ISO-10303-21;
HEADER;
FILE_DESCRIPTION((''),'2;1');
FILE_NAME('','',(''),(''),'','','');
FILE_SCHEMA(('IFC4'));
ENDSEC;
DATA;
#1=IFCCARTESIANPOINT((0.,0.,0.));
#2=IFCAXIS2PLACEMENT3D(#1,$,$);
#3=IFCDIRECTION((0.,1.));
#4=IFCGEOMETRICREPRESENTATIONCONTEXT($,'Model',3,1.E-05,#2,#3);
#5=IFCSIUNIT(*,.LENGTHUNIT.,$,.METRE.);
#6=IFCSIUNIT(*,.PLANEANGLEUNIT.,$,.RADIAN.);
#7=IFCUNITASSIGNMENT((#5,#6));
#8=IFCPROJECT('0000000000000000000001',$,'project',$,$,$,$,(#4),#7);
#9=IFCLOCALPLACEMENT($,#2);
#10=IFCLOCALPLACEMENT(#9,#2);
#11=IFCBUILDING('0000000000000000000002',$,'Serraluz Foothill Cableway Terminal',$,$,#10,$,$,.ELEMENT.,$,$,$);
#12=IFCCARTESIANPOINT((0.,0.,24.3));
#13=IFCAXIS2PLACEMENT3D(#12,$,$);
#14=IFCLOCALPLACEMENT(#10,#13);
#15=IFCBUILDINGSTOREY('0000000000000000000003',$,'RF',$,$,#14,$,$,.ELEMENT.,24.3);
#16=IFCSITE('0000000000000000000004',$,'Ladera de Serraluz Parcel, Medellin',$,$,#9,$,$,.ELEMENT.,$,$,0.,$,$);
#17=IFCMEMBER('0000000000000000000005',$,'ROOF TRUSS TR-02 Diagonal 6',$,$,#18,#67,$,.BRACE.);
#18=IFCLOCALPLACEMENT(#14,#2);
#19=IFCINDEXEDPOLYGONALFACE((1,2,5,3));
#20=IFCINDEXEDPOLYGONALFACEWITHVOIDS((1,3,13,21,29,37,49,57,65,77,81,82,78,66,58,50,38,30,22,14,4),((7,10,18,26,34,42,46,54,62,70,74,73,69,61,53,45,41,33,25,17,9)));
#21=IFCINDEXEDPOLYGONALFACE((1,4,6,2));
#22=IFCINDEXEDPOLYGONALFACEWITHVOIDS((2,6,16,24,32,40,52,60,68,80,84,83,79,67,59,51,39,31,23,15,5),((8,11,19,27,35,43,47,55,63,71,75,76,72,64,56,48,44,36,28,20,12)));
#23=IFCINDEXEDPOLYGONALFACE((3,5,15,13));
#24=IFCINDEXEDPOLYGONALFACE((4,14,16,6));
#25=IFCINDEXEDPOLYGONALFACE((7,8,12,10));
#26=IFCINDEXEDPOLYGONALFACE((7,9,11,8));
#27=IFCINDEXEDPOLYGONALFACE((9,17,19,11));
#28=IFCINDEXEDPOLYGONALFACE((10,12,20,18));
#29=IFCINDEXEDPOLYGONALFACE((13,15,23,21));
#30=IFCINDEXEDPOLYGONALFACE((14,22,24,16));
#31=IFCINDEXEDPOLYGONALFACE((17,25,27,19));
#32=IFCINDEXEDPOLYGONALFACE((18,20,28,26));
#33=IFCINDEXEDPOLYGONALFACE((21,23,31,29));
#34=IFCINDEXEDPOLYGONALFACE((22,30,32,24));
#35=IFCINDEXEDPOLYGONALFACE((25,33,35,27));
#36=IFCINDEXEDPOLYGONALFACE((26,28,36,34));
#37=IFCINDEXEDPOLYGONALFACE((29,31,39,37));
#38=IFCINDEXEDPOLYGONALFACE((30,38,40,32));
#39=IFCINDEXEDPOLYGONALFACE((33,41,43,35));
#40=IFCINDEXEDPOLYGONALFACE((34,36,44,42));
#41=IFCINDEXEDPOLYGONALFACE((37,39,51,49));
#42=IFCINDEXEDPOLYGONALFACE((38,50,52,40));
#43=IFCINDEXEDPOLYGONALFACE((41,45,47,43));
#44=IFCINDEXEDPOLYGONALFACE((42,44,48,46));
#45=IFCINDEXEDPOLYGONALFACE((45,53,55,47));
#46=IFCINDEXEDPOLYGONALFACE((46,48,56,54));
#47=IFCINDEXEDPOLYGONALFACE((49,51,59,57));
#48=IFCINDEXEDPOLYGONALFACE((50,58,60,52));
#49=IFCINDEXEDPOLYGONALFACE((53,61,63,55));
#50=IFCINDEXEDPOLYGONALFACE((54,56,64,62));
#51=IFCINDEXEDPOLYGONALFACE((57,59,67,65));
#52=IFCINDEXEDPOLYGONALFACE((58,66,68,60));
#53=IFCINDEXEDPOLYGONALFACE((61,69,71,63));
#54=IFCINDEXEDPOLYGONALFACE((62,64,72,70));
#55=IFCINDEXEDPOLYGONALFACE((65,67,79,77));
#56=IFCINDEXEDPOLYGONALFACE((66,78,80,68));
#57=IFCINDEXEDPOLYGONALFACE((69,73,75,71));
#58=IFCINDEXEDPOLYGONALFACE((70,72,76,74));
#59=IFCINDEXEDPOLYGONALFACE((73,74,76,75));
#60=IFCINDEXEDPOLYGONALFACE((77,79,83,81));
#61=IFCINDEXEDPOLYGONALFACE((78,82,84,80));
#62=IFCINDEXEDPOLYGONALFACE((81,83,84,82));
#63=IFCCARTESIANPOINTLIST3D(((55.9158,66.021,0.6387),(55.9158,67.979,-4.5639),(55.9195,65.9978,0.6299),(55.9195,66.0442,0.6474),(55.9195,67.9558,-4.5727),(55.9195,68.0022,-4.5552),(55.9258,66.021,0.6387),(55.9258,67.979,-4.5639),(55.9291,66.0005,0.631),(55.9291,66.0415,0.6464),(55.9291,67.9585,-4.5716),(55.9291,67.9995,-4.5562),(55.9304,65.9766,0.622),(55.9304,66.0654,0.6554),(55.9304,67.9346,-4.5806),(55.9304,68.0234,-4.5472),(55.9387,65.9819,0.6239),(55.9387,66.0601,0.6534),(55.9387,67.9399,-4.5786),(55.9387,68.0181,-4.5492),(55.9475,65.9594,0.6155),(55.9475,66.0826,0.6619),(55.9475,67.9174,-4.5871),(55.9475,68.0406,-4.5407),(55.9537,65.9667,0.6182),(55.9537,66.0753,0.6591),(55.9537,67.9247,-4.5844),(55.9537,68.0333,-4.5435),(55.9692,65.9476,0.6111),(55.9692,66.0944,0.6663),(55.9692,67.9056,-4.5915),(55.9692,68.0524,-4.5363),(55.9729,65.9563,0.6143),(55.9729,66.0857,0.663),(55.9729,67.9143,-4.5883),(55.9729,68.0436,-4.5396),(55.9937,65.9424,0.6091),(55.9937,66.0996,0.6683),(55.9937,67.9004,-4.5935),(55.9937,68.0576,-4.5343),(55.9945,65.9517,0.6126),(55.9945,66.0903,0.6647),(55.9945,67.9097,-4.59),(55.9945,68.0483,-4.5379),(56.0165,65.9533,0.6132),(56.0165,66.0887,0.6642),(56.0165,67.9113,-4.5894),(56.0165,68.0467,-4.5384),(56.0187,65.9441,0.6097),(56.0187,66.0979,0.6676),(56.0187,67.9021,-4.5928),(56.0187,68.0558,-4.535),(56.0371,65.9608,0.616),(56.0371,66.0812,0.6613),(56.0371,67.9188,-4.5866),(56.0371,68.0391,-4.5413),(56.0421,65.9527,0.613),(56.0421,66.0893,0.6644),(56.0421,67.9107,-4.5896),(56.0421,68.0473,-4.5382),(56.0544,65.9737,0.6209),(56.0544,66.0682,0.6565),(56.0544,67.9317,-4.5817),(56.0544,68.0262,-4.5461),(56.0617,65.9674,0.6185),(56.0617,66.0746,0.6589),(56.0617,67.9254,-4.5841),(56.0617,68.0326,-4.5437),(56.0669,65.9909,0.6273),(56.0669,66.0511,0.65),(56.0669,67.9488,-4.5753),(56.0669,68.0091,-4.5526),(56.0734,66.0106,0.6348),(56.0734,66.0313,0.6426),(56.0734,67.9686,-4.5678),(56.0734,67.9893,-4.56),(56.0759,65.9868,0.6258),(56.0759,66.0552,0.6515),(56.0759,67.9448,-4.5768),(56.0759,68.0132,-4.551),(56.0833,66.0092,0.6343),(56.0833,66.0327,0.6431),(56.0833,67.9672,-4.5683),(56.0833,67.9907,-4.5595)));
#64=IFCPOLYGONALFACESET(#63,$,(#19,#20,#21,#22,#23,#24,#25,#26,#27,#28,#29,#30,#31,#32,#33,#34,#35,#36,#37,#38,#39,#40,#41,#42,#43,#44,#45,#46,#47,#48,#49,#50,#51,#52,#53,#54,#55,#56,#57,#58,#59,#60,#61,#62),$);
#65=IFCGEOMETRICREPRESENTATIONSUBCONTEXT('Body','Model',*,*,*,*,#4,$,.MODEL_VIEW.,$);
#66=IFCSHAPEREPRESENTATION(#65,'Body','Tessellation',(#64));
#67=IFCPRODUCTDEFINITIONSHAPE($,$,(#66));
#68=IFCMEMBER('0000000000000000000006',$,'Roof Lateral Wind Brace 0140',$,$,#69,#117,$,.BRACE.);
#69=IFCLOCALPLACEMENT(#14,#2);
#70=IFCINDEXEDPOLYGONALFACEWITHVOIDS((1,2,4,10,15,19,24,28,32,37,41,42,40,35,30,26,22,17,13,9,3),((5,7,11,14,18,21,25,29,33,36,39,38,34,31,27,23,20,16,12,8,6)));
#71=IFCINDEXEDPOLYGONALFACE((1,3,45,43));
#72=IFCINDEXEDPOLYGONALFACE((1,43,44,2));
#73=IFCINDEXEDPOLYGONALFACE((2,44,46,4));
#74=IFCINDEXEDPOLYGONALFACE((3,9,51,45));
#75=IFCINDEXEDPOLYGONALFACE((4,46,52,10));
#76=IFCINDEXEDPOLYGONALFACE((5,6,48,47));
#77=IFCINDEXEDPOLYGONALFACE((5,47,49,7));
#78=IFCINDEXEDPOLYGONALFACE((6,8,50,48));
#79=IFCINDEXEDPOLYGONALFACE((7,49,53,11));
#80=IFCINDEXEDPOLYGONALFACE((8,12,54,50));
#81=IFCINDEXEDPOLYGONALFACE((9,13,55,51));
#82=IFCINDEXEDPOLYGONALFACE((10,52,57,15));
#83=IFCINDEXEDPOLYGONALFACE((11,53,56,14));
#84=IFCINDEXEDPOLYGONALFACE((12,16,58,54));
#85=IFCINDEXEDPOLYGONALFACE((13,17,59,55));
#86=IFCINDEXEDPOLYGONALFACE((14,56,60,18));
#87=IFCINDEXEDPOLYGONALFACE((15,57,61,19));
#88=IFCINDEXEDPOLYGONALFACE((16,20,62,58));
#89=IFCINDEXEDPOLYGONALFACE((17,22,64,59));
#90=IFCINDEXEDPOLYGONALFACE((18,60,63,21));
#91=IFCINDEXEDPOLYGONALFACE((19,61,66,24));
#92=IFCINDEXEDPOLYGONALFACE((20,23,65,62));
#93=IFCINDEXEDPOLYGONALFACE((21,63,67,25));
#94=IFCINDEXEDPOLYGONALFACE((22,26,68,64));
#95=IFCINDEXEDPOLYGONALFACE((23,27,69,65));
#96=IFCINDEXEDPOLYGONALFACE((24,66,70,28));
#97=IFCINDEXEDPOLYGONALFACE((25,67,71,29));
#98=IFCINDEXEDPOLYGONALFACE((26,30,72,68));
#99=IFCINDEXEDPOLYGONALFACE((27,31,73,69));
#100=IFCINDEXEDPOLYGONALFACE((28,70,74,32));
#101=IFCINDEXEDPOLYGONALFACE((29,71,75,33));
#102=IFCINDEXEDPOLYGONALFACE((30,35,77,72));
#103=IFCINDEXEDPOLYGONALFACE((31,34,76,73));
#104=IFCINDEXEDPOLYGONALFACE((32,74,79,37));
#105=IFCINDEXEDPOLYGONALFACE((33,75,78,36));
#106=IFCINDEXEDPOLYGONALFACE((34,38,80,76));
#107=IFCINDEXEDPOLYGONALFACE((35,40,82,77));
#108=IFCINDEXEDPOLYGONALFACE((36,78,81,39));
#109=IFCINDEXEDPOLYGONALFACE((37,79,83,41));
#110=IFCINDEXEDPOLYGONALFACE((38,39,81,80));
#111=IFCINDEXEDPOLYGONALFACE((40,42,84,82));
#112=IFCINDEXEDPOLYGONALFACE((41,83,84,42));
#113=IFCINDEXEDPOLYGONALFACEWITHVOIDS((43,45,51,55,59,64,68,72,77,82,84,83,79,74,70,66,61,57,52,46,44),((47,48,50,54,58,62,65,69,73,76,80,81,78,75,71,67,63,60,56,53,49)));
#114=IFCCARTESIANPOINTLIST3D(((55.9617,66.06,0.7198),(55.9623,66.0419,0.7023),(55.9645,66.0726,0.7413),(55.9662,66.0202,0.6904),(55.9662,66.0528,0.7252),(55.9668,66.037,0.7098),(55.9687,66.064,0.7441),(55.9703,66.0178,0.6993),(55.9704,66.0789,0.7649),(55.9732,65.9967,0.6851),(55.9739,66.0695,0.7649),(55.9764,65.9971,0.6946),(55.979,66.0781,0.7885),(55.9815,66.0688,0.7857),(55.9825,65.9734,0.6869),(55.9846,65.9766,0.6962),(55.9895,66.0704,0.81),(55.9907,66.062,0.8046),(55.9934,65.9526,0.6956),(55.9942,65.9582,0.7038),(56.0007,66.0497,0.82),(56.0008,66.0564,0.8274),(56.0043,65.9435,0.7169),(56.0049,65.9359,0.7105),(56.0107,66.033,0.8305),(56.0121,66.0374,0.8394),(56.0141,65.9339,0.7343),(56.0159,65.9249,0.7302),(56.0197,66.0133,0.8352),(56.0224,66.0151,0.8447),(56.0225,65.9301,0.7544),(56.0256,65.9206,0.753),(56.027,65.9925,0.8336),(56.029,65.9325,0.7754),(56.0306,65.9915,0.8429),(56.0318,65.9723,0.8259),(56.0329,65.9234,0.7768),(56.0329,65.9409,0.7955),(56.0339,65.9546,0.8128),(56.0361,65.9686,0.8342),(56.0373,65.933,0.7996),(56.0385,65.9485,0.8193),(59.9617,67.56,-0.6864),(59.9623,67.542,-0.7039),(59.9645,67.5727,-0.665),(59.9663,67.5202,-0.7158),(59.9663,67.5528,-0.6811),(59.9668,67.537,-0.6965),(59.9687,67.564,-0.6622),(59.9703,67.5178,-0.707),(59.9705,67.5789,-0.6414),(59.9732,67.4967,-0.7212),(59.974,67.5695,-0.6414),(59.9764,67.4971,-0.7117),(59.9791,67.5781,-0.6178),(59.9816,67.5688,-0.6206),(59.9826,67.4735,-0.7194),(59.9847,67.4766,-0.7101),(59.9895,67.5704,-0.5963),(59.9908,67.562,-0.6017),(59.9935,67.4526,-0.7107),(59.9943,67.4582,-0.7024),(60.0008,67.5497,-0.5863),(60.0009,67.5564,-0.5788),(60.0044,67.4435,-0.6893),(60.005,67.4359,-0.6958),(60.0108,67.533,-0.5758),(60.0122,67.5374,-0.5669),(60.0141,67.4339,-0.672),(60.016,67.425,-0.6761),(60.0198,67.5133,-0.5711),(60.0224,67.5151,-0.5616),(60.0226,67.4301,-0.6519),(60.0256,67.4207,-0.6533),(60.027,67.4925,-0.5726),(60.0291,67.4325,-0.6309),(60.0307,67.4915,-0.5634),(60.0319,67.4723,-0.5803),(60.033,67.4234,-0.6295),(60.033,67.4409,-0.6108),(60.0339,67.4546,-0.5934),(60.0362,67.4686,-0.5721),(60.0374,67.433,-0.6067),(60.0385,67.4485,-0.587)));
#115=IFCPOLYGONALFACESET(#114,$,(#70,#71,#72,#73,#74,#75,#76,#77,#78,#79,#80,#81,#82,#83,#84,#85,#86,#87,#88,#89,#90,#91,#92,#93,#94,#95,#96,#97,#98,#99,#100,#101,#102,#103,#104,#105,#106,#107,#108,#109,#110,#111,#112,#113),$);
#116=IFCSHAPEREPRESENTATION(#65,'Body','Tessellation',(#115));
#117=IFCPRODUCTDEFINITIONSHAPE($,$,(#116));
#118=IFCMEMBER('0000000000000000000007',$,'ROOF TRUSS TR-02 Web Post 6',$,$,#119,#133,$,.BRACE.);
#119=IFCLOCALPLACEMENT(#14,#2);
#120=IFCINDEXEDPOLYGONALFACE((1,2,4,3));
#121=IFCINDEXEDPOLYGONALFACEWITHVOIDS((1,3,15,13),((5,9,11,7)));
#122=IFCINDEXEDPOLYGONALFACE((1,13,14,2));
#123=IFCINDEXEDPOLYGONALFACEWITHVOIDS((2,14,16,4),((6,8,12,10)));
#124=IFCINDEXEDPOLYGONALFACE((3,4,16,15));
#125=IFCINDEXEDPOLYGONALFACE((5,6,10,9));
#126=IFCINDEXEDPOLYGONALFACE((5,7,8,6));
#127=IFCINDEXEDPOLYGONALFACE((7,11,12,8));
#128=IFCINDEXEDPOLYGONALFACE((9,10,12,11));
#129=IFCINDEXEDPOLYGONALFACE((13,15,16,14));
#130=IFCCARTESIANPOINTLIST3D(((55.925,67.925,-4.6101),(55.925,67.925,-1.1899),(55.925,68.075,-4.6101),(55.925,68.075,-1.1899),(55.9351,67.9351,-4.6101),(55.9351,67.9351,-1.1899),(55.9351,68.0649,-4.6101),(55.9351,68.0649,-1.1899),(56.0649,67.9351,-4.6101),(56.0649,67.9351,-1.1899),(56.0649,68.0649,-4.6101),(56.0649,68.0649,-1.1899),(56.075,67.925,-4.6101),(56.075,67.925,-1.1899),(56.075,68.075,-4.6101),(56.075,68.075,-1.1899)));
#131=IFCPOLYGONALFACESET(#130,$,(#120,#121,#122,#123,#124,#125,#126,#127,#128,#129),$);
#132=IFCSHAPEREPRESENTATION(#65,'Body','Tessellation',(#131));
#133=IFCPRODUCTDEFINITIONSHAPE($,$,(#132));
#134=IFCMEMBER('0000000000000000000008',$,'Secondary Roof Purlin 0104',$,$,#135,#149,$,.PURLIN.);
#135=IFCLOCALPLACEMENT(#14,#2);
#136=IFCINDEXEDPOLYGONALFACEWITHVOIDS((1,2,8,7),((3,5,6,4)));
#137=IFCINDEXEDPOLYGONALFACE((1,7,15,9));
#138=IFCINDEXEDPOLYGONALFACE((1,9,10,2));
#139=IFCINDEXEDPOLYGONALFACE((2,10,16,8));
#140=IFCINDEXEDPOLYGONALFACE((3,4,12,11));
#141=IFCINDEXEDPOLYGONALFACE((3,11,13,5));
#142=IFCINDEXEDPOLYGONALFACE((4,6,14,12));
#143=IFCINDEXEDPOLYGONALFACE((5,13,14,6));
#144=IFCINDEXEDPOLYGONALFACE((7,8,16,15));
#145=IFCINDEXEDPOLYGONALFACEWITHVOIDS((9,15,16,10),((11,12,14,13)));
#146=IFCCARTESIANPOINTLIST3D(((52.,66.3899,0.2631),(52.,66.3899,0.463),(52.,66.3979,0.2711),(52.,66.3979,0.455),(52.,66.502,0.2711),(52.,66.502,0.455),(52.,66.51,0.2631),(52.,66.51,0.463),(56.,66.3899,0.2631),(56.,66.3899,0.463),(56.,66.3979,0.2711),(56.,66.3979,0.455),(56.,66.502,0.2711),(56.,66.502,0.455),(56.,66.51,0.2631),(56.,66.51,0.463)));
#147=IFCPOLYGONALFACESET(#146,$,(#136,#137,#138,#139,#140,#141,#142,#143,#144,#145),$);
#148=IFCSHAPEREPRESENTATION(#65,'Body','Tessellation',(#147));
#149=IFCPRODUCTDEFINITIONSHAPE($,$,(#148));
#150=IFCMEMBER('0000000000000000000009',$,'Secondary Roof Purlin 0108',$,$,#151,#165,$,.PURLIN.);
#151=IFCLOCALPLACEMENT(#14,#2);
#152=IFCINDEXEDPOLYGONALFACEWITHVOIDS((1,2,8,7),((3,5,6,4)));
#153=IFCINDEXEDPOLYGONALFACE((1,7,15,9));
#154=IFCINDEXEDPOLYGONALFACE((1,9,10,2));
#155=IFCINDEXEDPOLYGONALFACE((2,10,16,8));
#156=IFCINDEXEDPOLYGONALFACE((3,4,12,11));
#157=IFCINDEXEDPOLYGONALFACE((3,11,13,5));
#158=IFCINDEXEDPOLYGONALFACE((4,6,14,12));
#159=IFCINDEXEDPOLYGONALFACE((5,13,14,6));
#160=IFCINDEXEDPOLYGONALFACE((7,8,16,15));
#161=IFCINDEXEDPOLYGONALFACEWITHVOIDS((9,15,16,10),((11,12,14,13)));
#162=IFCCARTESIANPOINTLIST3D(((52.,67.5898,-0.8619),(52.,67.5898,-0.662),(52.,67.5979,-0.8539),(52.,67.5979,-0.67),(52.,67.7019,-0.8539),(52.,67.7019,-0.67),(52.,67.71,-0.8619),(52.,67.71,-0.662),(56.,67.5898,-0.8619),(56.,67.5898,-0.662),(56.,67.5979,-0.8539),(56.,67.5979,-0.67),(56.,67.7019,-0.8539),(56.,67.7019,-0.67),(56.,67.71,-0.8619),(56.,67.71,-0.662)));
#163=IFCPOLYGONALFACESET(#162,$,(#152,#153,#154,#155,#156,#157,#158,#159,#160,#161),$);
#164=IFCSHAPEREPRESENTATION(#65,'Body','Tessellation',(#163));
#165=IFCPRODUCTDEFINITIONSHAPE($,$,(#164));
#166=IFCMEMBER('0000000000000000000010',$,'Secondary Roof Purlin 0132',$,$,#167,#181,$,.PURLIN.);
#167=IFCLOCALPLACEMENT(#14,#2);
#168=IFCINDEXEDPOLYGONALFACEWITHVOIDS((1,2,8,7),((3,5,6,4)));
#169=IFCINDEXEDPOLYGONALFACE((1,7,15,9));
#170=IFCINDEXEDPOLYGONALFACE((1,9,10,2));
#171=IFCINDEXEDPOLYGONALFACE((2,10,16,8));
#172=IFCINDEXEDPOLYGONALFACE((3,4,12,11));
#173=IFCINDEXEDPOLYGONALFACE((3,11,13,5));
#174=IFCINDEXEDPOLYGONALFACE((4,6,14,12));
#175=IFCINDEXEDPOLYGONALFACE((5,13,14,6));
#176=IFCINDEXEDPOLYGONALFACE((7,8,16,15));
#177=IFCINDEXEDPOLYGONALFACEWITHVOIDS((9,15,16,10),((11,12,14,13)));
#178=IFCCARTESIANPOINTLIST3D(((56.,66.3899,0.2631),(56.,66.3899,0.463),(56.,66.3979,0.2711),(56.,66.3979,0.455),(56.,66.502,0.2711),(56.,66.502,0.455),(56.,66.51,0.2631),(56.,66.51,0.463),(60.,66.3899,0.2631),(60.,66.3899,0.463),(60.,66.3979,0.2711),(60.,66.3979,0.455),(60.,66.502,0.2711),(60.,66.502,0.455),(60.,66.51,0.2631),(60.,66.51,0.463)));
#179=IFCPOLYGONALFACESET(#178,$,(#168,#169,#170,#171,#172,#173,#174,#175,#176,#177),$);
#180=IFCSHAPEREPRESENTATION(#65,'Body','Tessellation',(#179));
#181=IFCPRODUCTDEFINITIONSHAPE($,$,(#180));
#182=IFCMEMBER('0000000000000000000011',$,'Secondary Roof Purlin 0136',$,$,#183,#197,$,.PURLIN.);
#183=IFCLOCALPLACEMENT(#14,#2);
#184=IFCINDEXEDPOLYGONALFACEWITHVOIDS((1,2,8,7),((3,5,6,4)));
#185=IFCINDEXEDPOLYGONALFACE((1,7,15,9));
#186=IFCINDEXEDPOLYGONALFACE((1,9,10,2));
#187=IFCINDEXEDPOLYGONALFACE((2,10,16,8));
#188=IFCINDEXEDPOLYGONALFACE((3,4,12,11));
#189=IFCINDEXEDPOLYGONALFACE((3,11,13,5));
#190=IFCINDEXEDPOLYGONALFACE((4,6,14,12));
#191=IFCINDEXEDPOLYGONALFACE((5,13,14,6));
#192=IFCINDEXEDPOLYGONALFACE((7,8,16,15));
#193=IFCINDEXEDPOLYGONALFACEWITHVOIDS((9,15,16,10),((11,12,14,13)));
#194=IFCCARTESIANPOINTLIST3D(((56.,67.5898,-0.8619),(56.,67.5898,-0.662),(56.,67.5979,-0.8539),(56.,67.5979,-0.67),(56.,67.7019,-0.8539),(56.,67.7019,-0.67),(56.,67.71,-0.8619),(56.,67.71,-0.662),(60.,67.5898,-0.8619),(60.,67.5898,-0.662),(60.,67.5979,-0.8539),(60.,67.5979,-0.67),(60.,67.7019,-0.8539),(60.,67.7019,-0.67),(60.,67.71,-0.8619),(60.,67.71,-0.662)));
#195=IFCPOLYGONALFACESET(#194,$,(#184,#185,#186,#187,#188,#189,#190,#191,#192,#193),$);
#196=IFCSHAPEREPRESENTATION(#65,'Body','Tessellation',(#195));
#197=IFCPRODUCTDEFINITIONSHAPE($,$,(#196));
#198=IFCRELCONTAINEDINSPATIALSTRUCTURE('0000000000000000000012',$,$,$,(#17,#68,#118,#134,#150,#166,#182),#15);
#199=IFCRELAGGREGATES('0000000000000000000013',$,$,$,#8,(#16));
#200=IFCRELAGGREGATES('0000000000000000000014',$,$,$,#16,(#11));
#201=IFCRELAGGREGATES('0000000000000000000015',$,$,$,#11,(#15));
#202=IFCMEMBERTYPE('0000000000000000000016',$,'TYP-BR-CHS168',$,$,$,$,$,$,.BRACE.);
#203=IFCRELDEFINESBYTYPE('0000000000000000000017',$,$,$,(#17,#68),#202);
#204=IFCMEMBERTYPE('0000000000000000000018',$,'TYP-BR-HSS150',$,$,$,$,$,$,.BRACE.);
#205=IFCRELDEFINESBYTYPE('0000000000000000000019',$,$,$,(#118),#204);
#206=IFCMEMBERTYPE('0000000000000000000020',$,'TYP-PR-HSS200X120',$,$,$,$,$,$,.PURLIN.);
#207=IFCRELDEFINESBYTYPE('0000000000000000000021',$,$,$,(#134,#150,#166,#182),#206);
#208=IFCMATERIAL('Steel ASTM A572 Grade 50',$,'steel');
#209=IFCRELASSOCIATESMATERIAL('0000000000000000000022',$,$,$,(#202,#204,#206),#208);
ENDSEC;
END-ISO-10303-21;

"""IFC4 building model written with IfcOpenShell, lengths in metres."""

from ifc_helpers import new_model, si_unit, direction, frame, origin, origin_2d, place, context, subcontext, project, spatial, hollow_rectangle, hollow_circle, extrude, material, material_profile, profile_set, type_object, element, save


model = new_model("IFC4")

# Units and contexts
model_context = context("Model", 3, precision=1e-05, world=origin(), true_north=direction((0.0, 1.0)))
body_context = subcontext(model_context, "Body", "Model", "MODEL_VIEW")
ifc_project = project(units=[si_unit("LENGTHUNIT", "METRE"), si_unit("PLANEANGLEUNIT", "RADIAN")], contexts=[model_context])

# Site, building, storey
site_placement = place(None, origin())
site = spatial("IfcSite", under=ifc_project, at=site_placement, Name="Ladera de Serraluz Parcel, Medellin", CompositionType="ELEMENT", RefElevation=0.0)
building_placement = place(site_placement, origin())
building = spatial("IfcBuilding", under=site, at=building_placement, Name="Serraluz Foothill Cableway Terminal", CompositionType="ELEMENT")
storey_placement = place(building_placement, frame((0.0, 0.0, 24.3)))
storey = spatial("IfcBuildingStorey", under=building, at=storey_placement, Name="RF", CompositionType="ELEMENT", Elevation=24.3)

# Members
ifc_material_1 = material(Name="Steel ASTM A572 Grade 50", Category="steel")
ifc_material_profile_1 = material_profile(ifc_material_1, hollow_circle(Radius=0.0842, WallThickness=0.01, at=origin_2d()), Name="CHS168X10")
ifc_profile_set_1 = profile_set([ifc_material_profile_1], Name="Steel ASTM A572 Grade 50")
member_type_1 = type_object("IfcMemberType", Name="TYP-BR-CHS168", PredefinedType="BRACE", material=ifc_profile_set_1)
member_1_placement = place(storey_placement, frame((56.0, 66.021, 0.6387), z_axis=(0.0, 0.35223, -0.935913), x_axis=(-1.0, 0.0, 0.0)))
element("IfcMember", 1, at=member_1_placement, inside=storey, type_object=member_type_1, Name="ROOF TRUSS TR-02 Diagonal 6", PredefinedType="BRACE", context=body_context, shape_type="SweptSolid", body=[
    extrude(hollow_circle(Radius=0.0842, WallThickness=0.01, at=origin_2d()), origin(), (0.0, 0.0, 1.0), 5.5588),
])
member_2_placement = place(storey_placement, frame((56.0, 66.0, 0.7649), z_axis=(0.889382, 0.333518, -0.312673), x_axis=(-0.351123, 0.936329, 0.0)))
element("IfcMember", 2, at=member_2_placement, inside=storey, type_object=member_type_1, Name="Roof Lateral Wind Brace 0140", PredefinedType="BRACE", context=body_context, shape_type="SweptSolid", body=[
    extrude(hollow_circle(Radius=0.0842, WallThickness=0.01, at=origin_2d()), origin(), (0.0, 0.0, 1.0), 4.4976),
])
ifc_material_profile_2 = material_profile(ifc_material_1, hollow_rectangle(XDim=0.1499, YDim=0.1499, WallThickness=0.01, at=origin_2d()), Name="HSS150X150X10")
ifc_profile_set_2 = profile_set([ifc_material_profile_2], Name="Steel ASTM A572 Grade 50")
member_type_2 = type_object("IfcMemberType", Name="TYP-BR-HSS150", PredefinedType="BRACE", material=ifc_profile_set_2)
member_3_placement = place(storey_placement, frame((56.0, 68.0, -4.6101), z_axis=(0.0, 0.0, 1.0), x_axis=(1.0, 0.0, 0.0)))
element("IfcMember", 3, at=member_3_placement, inside=storey, type_object=member_type_2, Name="ROOF TRUSS TR-02 Web Post 6", PredefinedType="BRACE", context=body_context, shape_type="SweptSolid", body=[
    extrude(hollow_rectangle(XDim=0.1499, YDim=0.1499, WallThickness=0.01, at=origin_2d()), origin(), (0.0, 0.0, 1.0), 3.4202),
])
ifc_material_profile_3 = material_profile(ifc_material_1, hollow_rectangle(XDim=0.1201, YDim=0.2, WallThickness=0.0081, at=origin_2d()), Name="HSS200X120X8")
ifc_profile_set_3 = profile_set([ifc_material_profile_3], Name="Steel ASTM A572 Grade 50")
member_type_3 = type_object("IfcMemberType", Name="TYP-PR-HSS200X120", PredefinedType="PURLIN", material=ifc_profile_set_3)
for number, where, z_axis, x_axis, name in (
    (4, (52.0, 66.45, 0.363), (1.0, 0.0, 0.0), (0.0, 1.0, 0.0), "Secondary Roof Purlin 0104"),
    (5, (52.0, 67.6499, -0.762), (1.0, 0.0, 0.0), (0.0, 1.0, 0.0), "Secondary Roof Purlin 0108"),
    (6, (56.0, 66.45, 0.363), (1.0, 0.0, 0.0), (0.0, 1.0, 0.0), "Secondary Roof Purlin 0132"),
    (7, (56.0, 67.6499, -0.762), (1.0, 0.0, 0.0), (0.0, 1.0, 0.0), "Secondary Roof Purlin 0136"),
):
    element("IfcMember", number, at=place(storey_placement, frame(where, z_axis=z_axis, x_axis=x_axis)), inside=storey, type_object=member_type_3, Name=name, PredefinedType="PURLIN", context=body_context, shape_type="SweptSolid", body=[
        extrude(hollow_rectangle(XDim=0.1201, YDim=0.2, WallThickness=0.0081, at=origin_2d()), origin(), (0.0, 0.0, 1.0), 4.0),
    ])

save(model, "model.ifc")
